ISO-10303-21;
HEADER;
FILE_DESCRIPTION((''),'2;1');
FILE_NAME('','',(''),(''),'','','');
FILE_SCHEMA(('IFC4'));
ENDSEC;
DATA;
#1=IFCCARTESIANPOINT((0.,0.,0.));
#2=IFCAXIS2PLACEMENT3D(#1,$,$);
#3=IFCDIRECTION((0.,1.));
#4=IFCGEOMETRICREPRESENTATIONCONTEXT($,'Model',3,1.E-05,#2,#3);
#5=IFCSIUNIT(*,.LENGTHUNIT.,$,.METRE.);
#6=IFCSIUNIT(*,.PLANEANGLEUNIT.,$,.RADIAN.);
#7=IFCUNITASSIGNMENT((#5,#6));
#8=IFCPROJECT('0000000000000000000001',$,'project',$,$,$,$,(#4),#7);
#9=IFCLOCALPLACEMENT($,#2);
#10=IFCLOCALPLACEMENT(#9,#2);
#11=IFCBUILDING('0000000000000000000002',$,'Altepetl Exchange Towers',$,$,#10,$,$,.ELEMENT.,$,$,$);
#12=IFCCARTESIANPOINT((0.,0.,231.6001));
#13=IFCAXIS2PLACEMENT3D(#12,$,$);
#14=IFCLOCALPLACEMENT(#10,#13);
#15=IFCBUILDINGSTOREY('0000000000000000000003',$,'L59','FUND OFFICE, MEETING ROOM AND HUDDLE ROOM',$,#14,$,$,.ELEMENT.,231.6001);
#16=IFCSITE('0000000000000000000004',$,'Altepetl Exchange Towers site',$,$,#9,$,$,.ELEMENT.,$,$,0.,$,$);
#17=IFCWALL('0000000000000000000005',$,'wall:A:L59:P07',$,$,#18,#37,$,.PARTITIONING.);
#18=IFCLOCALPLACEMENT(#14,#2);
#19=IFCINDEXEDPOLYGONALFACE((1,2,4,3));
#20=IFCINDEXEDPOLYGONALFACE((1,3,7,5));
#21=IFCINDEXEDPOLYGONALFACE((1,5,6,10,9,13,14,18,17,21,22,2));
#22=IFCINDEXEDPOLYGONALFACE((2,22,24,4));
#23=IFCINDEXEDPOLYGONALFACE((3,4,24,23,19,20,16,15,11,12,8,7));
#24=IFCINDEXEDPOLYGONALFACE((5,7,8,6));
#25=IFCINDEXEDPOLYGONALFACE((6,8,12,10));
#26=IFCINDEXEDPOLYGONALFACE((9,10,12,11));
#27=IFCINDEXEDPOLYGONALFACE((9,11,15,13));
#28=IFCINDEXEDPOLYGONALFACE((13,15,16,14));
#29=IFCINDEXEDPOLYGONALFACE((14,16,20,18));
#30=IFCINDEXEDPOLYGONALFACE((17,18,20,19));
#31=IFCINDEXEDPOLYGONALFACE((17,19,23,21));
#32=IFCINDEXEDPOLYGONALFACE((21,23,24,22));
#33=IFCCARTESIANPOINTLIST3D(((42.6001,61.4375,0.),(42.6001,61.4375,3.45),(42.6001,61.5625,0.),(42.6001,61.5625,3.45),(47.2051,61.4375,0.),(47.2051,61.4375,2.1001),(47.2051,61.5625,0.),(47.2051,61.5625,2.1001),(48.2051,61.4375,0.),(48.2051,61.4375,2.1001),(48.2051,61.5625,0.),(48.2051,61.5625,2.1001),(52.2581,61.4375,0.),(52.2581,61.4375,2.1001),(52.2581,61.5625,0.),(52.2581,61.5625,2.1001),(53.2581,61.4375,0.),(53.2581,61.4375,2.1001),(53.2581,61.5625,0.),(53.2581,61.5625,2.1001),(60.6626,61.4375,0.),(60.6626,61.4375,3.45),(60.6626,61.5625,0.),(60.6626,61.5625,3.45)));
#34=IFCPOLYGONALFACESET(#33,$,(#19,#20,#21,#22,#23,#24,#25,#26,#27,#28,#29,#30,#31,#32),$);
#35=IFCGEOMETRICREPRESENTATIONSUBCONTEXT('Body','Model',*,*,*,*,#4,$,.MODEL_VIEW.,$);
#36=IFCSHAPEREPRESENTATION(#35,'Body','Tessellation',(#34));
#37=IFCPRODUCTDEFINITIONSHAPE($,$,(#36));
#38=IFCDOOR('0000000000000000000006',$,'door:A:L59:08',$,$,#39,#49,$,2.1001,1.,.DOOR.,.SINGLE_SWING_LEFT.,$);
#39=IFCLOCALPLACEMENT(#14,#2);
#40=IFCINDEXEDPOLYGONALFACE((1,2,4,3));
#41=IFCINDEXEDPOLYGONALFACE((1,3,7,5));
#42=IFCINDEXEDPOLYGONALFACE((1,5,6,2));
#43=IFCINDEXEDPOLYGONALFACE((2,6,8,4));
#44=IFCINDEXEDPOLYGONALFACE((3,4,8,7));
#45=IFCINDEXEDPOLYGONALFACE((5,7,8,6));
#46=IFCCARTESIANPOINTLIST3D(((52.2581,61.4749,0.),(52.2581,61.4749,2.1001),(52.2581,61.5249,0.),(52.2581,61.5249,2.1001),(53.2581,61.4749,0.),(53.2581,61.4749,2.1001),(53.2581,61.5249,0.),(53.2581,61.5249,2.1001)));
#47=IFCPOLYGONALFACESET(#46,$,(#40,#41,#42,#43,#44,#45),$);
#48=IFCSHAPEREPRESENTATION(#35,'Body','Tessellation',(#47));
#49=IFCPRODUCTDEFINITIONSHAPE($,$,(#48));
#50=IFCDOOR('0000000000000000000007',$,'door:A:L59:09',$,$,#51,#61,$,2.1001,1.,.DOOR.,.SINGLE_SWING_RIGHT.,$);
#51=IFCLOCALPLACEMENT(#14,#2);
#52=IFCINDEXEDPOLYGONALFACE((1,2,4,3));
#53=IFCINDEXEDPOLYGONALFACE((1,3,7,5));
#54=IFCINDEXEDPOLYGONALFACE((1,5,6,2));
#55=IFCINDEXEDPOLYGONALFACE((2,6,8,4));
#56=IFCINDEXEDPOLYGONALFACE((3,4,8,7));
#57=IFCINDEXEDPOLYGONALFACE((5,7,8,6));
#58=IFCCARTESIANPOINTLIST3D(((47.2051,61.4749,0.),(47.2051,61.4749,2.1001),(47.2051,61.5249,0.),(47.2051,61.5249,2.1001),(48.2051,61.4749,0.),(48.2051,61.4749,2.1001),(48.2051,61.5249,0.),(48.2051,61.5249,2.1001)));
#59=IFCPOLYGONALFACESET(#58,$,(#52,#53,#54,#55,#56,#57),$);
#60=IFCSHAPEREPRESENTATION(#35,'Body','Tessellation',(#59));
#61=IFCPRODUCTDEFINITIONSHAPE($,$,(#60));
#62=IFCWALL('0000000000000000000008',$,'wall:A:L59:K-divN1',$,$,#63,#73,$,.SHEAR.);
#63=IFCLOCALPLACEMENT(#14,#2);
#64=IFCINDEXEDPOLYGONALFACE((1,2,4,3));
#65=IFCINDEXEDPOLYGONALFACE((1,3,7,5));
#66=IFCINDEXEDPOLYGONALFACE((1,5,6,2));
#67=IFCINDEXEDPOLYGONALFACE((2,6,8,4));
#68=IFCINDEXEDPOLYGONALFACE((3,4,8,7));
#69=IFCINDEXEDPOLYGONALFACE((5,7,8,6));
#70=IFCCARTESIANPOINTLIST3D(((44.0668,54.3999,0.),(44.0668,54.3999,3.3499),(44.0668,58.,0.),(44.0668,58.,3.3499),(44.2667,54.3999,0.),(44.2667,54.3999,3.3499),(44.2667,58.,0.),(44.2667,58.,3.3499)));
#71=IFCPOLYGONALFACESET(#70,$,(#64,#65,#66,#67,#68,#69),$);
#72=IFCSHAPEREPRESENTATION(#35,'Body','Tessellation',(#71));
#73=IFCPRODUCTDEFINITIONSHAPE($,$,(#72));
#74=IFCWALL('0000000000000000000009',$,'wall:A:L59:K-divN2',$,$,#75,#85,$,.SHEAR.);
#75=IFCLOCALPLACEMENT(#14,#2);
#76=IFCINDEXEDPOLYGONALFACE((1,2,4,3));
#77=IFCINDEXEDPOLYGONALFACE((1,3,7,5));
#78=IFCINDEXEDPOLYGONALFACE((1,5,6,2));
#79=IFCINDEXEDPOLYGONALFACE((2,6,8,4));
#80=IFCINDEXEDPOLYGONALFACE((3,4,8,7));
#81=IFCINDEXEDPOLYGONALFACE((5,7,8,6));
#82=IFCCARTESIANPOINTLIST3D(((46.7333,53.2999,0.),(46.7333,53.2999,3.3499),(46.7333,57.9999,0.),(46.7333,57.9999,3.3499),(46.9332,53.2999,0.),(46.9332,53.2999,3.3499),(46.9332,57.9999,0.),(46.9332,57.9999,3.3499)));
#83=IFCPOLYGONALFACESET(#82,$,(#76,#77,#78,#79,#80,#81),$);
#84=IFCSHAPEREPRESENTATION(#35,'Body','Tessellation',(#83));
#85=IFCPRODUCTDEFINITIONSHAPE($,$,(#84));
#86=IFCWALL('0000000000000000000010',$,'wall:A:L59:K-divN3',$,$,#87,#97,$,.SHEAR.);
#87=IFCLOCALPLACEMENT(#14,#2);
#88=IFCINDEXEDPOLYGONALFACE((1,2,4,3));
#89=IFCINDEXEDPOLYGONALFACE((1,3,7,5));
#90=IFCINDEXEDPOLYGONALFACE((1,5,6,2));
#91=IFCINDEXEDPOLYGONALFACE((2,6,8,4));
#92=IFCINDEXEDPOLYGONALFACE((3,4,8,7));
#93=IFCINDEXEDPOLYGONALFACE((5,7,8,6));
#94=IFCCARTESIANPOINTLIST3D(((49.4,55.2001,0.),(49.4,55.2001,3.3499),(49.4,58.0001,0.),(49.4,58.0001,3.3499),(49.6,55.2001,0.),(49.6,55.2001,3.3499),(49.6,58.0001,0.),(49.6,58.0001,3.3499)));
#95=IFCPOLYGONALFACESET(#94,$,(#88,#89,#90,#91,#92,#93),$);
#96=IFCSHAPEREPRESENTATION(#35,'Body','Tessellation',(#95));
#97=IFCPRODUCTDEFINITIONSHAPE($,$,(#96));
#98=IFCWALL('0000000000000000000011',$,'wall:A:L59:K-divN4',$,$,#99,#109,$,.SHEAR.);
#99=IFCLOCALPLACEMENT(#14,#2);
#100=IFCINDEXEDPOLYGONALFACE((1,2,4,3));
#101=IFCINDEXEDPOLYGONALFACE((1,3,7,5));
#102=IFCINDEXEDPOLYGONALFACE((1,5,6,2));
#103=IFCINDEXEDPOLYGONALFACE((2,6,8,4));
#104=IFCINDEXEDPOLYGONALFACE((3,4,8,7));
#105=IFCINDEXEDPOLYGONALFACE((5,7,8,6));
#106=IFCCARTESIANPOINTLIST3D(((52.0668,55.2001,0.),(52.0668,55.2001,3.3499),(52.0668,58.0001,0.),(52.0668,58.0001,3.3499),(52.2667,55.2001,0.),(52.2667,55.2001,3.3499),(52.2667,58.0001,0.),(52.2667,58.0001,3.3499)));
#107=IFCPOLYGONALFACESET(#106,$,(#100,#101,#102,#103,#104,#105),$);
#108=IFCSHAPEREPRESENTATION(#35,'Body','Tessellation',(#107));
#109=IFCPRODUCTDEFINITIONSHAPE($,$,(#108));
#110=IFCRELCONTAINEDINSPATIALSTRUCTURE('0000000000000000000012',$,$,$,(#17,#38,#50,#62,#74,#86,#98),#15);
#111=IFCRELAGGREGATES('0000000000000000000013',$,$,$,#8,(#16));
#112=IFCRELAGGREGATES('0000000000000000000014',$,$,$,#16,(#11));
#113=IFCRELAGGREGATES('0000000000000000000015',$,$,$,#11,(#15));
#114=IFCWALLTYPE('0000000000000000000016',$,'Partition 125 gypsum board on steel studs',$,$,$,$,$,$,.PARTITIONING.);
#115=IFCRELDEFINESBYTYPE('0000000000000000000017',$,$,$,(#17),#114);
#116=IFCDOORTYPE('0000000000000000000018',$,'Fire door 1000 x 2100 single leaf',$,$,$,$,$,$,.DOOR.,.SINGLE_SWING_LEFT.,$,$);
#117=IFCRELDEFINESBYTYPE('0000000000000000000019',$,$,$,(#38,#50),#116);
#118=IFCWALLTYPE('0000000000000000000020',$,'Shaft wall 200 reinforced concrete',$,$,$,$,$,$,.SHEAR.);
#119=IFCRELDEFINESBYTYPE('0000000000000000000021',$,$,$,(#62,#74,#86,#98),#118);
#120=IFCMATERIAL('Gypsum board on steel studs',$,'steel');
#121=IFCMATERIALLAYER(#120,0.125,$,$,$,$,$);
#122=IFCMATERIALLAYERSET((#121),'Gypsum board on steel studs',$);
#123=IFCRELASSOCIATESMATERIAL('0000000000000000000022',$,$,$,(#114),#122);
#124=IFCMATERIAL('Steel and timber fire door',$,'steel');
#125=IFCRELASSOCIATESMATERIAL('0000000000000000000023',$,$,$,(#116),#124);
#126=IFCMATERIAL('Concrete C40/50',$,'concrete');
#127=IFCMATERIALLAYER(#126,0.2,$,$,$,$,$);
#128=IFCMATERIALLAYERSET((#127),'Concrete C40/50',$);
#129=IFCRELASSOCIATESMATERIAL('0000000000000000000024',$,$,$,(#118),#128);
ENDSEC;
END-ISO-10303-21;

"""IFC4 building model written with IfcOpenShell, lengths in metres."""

from ifc_helpers import new_model, si_unit, direction, frame, frame_2d, origin, place, context, subcontext, project, spatial, rectangle, extrude, material, layer, layer_set, type_object, element, fill, save


model = new_model("IFC4")

# Units and contexts
model_context = context("Model", 3, precision=1e-05, world=origin(), true_north=direction((0.0, 1.0)))
body_context = subcontext(model_context, "Body", "Model", "MODEL_VIEW")
ifc_project = project(units=[si_unit("LENGTHUNIT", "METRE"), si_unit("PLANEANGLEUNIT", "RADIAN")], contexts=[model_context])

# Site, building, storey
site_placement = place(None, origin())
site = spatial("IfcSite", under=ifc_project, at=site_placement, Name="Altepetl Exchange Towers site", CompositionType="ELEMENT", RefElevation=0.0)
building_placement = place(site_placement, origin())
building = spatial("IfcBuilding", under=site, at=building_placement, Name="Altepetl Exchange Towers", CompositionType="ELEMENT")
storey_placement = place(building_placement, frame((0.0, 0.0, 231.6001)))
storey = spatial("IfcBuildingStorey", under=building, at=storey_placement, Name="L59", Description="FUND OFFICE, MEETING ROOM AND HUDDLE ROOM", CompositionType="ELEMENT", Elevation=231.6001)

# Wall, openings, doors
ifc_material_1 = material(Name="Gypsum board on steel studs", Category="steel")
ifc_layer_1 = layer(ifc_material_1, 0.125)
ifc_layer_set_1 = layer_set([ifc_layer_1], Name="Gypsum board on steel studs")
wall_type_1 = type_object("IfcWallType", Name="Partition 125 gypsum board on steel studs", PredefinedType="PARTITIONING", material=ifc_layer_set_1)
wall_1_placement = place(storey_placement, frame((42.6001, 61.5, 0.0)))
wall_1 = element("IfcWall", 1, at=wall_1_placement, inside=storey, type_object=wall_type_1, Name="wall:A:L59:P07", PredefinedType="PARTITIONING", context=body_context, shape_type="SweptSolid", body=[
    extrude(rectangle(XDim=18.0625, YDim=0.125, at=frame_2d((9.0312, 0.0))), origin(), (0.0, 0.0, 1.0), 3.45),
])
opening_1_placement = place(wall_1_placement, frame((9.658, 0.0, 0.0)))
opening_1 = element("IfcOpeningElement", 2, at=opening_1_placement, cuts=wall_1, PredefinedType="OPENING", context=body_context, shape_type="SweptSolid", body=[
    extrude(rectangle(XDim=1.0, YDim=2.1001, at=frame_2d((0.5, 1.05))), frame((0.0, 0.0725, 0.0), z_axis=(0.0, -1.0, 0.0), x_axis=(1.0, 0.0, 0.0)), (0.0, 0.0, 1.0), 0.145),
])
opening_2_placement = place(wall_1_placement, frame((4.605, 0.0, 0.0)))
opening_2 = element("IfcOpeningElement", 3, at=opening_2_placement, cuts=wall_1, PredefinedType="OPENING", context=body_context, shape_type="SweptSolid", body=[
    extrude(rectangle(XDim=1.0, YDim=2.1001, at=frame_2d((0.5, 1.05))), frame((0.0, 0.0725, 0.0), z_axis=(0.0, -1.0, 0.0), x_axis=(1.0, 0.0, 0.0)), (0.0, 0.0, 1.0), 0.145),
])
ifc_material_2 = material(Name="Steel and timber fire door", Category="steel")
door_type_1 = type_object("IfcDoorType", Name="Fire door 1000 x 2100 single leaf", OperationType="SINGLE_SWING_LEFT", PredefinedType="DOOR", material=ifc_material_2)
door_1_placement = place(opening_1_placement, origin())
door_1 = element("IfcDoor", 4, at=door_1_placement, inside=storey, type_object=door_type_1, Name="door:A:L59:08", OperationType="SINGLE_SWING_LEFT", OverallHeight=2.1001, OverallWidth=1.0, PredefinedType="DOOR", context=body_context, shape_type="SweptSolid", body=[
    extrude(rectangle(XDim=1.0, YDim=2.1001, at=frame_2d((0.5, 1.05))), frame((0.0, 0.0249, 0.0), z_axis=(0.0, -1.0, 0.0), x_axis=(1.0, 0.0, 0.0)), (0.0, 0.0, 1.0), 0.05),
])
fill(opening_1, door_1)
door_2_placement = place(opening_2_placement, origin())
door_2 = element("IfcDoor", 5, at=door_2_placement, inside=storey, type_object=door_type_1, Name="door:A:L59:09", OperationType="SINGLE_SWING_RIGHT", OverallHeight=2.1001, OverallWidth=1.0, PredefinedType="DOOR", context=body_context, shape_type="SweptSolid", body=[
    extrude(rectangle(XDim=1.0, YDim=2.1001, at=frame_2d((0.5, 1.05))), frame((0.0, 0.0249, 0.0), z_axis=(0.0, -1.0, 0.0), x_axis=(1.0, 0.0, 0.0)), (0.0, 0.0, 1.0), 0.05),
])
fill(opening_2, door_2)

# Walls
ifc_material_3 = material(Name="Concrete C40/50", Category="concrete")
ifc_layer_2 = layer(ifc_material_3, 0.2)
ifc_layer_set_2 = layer_set([ifc_layer_2], Name="Concrete C40/50")
wall_type_2 = type_object("IfcWallType", Name="Shaft wall 200 reinforced concrete", PredefinedType="SHEAR", material=ifc_layer_set_2)
wall_2_placement = place(storey_placement, frame((44.1667, 58.0, 0.0), z_axis=(0.0, 0.0, 1.0), x_axis=(0.0, -1.0, 0.0)))
element("IfcWall", 6, at=wall_2_placement, inside=storey, type_object=wall_type_2, Name="wall:A:L59:K-divN1", PredefinedType="SHEAR", context=body_context, shape_type="SweptSolid", body=[
    extrude(rectangle(XDim=3.6001, YDim=0.2, at=frame_2d((1.8, 0.0))), origin(), (0.0, 0.0, 1.0), 3.3499),
])
wall_3_placement = place(storey_placement, frame((46.8333, 58.0, 0.0), z_axis=(0.0, 0.0, 1.0), x_axis=(0.0, -1.0, 0.0)))
element("IfcWall", 7, at=wall_3_placement, inside=storey, type_object=wall_type_2, Name="wall:A:L59:K-divN2", PredefinedType="SHEAR", context=body_context, shape_type="SweptSolid", body=[
    extrude(rectangle(XDim=4.7, YDim=0.2, at=frame_2d((2.3501, 0.0))), origin(), (0.0, 0.0, 1.0), 3.3499),
])
for number, where, z_axis, x_axis, name in (
    (8, (49.5, 58.0, 0.0), (0.0, 0.0, 1.0), (0.0, -1.0, 0.0), "wall:A:L59:K-divN3"),
    (9, (52.1667, 58.0, 0.0), (0.0, 0.0, 1.0), (0.0, -1.0, 0.0), "wall:A:L59:K-divN4"),
):
    element("IfcWall", number, at=place(storey_placement, frame(where, z_axis=z_axis, x_axis=x_axis)), inside=storey, type_object=wall_type_2, Name=name, PredefinedType="SHEAR", context=body_context, shape_type="SweptSolid", body=[
        extrude(rectangle(XDim=2.8, YDim=0.2, at=frame_2d((1.3999, 0.0))), origin(), (0.0, 0.0, 1.0), 3.3499),
    ])

save(model, "model.ifc")
